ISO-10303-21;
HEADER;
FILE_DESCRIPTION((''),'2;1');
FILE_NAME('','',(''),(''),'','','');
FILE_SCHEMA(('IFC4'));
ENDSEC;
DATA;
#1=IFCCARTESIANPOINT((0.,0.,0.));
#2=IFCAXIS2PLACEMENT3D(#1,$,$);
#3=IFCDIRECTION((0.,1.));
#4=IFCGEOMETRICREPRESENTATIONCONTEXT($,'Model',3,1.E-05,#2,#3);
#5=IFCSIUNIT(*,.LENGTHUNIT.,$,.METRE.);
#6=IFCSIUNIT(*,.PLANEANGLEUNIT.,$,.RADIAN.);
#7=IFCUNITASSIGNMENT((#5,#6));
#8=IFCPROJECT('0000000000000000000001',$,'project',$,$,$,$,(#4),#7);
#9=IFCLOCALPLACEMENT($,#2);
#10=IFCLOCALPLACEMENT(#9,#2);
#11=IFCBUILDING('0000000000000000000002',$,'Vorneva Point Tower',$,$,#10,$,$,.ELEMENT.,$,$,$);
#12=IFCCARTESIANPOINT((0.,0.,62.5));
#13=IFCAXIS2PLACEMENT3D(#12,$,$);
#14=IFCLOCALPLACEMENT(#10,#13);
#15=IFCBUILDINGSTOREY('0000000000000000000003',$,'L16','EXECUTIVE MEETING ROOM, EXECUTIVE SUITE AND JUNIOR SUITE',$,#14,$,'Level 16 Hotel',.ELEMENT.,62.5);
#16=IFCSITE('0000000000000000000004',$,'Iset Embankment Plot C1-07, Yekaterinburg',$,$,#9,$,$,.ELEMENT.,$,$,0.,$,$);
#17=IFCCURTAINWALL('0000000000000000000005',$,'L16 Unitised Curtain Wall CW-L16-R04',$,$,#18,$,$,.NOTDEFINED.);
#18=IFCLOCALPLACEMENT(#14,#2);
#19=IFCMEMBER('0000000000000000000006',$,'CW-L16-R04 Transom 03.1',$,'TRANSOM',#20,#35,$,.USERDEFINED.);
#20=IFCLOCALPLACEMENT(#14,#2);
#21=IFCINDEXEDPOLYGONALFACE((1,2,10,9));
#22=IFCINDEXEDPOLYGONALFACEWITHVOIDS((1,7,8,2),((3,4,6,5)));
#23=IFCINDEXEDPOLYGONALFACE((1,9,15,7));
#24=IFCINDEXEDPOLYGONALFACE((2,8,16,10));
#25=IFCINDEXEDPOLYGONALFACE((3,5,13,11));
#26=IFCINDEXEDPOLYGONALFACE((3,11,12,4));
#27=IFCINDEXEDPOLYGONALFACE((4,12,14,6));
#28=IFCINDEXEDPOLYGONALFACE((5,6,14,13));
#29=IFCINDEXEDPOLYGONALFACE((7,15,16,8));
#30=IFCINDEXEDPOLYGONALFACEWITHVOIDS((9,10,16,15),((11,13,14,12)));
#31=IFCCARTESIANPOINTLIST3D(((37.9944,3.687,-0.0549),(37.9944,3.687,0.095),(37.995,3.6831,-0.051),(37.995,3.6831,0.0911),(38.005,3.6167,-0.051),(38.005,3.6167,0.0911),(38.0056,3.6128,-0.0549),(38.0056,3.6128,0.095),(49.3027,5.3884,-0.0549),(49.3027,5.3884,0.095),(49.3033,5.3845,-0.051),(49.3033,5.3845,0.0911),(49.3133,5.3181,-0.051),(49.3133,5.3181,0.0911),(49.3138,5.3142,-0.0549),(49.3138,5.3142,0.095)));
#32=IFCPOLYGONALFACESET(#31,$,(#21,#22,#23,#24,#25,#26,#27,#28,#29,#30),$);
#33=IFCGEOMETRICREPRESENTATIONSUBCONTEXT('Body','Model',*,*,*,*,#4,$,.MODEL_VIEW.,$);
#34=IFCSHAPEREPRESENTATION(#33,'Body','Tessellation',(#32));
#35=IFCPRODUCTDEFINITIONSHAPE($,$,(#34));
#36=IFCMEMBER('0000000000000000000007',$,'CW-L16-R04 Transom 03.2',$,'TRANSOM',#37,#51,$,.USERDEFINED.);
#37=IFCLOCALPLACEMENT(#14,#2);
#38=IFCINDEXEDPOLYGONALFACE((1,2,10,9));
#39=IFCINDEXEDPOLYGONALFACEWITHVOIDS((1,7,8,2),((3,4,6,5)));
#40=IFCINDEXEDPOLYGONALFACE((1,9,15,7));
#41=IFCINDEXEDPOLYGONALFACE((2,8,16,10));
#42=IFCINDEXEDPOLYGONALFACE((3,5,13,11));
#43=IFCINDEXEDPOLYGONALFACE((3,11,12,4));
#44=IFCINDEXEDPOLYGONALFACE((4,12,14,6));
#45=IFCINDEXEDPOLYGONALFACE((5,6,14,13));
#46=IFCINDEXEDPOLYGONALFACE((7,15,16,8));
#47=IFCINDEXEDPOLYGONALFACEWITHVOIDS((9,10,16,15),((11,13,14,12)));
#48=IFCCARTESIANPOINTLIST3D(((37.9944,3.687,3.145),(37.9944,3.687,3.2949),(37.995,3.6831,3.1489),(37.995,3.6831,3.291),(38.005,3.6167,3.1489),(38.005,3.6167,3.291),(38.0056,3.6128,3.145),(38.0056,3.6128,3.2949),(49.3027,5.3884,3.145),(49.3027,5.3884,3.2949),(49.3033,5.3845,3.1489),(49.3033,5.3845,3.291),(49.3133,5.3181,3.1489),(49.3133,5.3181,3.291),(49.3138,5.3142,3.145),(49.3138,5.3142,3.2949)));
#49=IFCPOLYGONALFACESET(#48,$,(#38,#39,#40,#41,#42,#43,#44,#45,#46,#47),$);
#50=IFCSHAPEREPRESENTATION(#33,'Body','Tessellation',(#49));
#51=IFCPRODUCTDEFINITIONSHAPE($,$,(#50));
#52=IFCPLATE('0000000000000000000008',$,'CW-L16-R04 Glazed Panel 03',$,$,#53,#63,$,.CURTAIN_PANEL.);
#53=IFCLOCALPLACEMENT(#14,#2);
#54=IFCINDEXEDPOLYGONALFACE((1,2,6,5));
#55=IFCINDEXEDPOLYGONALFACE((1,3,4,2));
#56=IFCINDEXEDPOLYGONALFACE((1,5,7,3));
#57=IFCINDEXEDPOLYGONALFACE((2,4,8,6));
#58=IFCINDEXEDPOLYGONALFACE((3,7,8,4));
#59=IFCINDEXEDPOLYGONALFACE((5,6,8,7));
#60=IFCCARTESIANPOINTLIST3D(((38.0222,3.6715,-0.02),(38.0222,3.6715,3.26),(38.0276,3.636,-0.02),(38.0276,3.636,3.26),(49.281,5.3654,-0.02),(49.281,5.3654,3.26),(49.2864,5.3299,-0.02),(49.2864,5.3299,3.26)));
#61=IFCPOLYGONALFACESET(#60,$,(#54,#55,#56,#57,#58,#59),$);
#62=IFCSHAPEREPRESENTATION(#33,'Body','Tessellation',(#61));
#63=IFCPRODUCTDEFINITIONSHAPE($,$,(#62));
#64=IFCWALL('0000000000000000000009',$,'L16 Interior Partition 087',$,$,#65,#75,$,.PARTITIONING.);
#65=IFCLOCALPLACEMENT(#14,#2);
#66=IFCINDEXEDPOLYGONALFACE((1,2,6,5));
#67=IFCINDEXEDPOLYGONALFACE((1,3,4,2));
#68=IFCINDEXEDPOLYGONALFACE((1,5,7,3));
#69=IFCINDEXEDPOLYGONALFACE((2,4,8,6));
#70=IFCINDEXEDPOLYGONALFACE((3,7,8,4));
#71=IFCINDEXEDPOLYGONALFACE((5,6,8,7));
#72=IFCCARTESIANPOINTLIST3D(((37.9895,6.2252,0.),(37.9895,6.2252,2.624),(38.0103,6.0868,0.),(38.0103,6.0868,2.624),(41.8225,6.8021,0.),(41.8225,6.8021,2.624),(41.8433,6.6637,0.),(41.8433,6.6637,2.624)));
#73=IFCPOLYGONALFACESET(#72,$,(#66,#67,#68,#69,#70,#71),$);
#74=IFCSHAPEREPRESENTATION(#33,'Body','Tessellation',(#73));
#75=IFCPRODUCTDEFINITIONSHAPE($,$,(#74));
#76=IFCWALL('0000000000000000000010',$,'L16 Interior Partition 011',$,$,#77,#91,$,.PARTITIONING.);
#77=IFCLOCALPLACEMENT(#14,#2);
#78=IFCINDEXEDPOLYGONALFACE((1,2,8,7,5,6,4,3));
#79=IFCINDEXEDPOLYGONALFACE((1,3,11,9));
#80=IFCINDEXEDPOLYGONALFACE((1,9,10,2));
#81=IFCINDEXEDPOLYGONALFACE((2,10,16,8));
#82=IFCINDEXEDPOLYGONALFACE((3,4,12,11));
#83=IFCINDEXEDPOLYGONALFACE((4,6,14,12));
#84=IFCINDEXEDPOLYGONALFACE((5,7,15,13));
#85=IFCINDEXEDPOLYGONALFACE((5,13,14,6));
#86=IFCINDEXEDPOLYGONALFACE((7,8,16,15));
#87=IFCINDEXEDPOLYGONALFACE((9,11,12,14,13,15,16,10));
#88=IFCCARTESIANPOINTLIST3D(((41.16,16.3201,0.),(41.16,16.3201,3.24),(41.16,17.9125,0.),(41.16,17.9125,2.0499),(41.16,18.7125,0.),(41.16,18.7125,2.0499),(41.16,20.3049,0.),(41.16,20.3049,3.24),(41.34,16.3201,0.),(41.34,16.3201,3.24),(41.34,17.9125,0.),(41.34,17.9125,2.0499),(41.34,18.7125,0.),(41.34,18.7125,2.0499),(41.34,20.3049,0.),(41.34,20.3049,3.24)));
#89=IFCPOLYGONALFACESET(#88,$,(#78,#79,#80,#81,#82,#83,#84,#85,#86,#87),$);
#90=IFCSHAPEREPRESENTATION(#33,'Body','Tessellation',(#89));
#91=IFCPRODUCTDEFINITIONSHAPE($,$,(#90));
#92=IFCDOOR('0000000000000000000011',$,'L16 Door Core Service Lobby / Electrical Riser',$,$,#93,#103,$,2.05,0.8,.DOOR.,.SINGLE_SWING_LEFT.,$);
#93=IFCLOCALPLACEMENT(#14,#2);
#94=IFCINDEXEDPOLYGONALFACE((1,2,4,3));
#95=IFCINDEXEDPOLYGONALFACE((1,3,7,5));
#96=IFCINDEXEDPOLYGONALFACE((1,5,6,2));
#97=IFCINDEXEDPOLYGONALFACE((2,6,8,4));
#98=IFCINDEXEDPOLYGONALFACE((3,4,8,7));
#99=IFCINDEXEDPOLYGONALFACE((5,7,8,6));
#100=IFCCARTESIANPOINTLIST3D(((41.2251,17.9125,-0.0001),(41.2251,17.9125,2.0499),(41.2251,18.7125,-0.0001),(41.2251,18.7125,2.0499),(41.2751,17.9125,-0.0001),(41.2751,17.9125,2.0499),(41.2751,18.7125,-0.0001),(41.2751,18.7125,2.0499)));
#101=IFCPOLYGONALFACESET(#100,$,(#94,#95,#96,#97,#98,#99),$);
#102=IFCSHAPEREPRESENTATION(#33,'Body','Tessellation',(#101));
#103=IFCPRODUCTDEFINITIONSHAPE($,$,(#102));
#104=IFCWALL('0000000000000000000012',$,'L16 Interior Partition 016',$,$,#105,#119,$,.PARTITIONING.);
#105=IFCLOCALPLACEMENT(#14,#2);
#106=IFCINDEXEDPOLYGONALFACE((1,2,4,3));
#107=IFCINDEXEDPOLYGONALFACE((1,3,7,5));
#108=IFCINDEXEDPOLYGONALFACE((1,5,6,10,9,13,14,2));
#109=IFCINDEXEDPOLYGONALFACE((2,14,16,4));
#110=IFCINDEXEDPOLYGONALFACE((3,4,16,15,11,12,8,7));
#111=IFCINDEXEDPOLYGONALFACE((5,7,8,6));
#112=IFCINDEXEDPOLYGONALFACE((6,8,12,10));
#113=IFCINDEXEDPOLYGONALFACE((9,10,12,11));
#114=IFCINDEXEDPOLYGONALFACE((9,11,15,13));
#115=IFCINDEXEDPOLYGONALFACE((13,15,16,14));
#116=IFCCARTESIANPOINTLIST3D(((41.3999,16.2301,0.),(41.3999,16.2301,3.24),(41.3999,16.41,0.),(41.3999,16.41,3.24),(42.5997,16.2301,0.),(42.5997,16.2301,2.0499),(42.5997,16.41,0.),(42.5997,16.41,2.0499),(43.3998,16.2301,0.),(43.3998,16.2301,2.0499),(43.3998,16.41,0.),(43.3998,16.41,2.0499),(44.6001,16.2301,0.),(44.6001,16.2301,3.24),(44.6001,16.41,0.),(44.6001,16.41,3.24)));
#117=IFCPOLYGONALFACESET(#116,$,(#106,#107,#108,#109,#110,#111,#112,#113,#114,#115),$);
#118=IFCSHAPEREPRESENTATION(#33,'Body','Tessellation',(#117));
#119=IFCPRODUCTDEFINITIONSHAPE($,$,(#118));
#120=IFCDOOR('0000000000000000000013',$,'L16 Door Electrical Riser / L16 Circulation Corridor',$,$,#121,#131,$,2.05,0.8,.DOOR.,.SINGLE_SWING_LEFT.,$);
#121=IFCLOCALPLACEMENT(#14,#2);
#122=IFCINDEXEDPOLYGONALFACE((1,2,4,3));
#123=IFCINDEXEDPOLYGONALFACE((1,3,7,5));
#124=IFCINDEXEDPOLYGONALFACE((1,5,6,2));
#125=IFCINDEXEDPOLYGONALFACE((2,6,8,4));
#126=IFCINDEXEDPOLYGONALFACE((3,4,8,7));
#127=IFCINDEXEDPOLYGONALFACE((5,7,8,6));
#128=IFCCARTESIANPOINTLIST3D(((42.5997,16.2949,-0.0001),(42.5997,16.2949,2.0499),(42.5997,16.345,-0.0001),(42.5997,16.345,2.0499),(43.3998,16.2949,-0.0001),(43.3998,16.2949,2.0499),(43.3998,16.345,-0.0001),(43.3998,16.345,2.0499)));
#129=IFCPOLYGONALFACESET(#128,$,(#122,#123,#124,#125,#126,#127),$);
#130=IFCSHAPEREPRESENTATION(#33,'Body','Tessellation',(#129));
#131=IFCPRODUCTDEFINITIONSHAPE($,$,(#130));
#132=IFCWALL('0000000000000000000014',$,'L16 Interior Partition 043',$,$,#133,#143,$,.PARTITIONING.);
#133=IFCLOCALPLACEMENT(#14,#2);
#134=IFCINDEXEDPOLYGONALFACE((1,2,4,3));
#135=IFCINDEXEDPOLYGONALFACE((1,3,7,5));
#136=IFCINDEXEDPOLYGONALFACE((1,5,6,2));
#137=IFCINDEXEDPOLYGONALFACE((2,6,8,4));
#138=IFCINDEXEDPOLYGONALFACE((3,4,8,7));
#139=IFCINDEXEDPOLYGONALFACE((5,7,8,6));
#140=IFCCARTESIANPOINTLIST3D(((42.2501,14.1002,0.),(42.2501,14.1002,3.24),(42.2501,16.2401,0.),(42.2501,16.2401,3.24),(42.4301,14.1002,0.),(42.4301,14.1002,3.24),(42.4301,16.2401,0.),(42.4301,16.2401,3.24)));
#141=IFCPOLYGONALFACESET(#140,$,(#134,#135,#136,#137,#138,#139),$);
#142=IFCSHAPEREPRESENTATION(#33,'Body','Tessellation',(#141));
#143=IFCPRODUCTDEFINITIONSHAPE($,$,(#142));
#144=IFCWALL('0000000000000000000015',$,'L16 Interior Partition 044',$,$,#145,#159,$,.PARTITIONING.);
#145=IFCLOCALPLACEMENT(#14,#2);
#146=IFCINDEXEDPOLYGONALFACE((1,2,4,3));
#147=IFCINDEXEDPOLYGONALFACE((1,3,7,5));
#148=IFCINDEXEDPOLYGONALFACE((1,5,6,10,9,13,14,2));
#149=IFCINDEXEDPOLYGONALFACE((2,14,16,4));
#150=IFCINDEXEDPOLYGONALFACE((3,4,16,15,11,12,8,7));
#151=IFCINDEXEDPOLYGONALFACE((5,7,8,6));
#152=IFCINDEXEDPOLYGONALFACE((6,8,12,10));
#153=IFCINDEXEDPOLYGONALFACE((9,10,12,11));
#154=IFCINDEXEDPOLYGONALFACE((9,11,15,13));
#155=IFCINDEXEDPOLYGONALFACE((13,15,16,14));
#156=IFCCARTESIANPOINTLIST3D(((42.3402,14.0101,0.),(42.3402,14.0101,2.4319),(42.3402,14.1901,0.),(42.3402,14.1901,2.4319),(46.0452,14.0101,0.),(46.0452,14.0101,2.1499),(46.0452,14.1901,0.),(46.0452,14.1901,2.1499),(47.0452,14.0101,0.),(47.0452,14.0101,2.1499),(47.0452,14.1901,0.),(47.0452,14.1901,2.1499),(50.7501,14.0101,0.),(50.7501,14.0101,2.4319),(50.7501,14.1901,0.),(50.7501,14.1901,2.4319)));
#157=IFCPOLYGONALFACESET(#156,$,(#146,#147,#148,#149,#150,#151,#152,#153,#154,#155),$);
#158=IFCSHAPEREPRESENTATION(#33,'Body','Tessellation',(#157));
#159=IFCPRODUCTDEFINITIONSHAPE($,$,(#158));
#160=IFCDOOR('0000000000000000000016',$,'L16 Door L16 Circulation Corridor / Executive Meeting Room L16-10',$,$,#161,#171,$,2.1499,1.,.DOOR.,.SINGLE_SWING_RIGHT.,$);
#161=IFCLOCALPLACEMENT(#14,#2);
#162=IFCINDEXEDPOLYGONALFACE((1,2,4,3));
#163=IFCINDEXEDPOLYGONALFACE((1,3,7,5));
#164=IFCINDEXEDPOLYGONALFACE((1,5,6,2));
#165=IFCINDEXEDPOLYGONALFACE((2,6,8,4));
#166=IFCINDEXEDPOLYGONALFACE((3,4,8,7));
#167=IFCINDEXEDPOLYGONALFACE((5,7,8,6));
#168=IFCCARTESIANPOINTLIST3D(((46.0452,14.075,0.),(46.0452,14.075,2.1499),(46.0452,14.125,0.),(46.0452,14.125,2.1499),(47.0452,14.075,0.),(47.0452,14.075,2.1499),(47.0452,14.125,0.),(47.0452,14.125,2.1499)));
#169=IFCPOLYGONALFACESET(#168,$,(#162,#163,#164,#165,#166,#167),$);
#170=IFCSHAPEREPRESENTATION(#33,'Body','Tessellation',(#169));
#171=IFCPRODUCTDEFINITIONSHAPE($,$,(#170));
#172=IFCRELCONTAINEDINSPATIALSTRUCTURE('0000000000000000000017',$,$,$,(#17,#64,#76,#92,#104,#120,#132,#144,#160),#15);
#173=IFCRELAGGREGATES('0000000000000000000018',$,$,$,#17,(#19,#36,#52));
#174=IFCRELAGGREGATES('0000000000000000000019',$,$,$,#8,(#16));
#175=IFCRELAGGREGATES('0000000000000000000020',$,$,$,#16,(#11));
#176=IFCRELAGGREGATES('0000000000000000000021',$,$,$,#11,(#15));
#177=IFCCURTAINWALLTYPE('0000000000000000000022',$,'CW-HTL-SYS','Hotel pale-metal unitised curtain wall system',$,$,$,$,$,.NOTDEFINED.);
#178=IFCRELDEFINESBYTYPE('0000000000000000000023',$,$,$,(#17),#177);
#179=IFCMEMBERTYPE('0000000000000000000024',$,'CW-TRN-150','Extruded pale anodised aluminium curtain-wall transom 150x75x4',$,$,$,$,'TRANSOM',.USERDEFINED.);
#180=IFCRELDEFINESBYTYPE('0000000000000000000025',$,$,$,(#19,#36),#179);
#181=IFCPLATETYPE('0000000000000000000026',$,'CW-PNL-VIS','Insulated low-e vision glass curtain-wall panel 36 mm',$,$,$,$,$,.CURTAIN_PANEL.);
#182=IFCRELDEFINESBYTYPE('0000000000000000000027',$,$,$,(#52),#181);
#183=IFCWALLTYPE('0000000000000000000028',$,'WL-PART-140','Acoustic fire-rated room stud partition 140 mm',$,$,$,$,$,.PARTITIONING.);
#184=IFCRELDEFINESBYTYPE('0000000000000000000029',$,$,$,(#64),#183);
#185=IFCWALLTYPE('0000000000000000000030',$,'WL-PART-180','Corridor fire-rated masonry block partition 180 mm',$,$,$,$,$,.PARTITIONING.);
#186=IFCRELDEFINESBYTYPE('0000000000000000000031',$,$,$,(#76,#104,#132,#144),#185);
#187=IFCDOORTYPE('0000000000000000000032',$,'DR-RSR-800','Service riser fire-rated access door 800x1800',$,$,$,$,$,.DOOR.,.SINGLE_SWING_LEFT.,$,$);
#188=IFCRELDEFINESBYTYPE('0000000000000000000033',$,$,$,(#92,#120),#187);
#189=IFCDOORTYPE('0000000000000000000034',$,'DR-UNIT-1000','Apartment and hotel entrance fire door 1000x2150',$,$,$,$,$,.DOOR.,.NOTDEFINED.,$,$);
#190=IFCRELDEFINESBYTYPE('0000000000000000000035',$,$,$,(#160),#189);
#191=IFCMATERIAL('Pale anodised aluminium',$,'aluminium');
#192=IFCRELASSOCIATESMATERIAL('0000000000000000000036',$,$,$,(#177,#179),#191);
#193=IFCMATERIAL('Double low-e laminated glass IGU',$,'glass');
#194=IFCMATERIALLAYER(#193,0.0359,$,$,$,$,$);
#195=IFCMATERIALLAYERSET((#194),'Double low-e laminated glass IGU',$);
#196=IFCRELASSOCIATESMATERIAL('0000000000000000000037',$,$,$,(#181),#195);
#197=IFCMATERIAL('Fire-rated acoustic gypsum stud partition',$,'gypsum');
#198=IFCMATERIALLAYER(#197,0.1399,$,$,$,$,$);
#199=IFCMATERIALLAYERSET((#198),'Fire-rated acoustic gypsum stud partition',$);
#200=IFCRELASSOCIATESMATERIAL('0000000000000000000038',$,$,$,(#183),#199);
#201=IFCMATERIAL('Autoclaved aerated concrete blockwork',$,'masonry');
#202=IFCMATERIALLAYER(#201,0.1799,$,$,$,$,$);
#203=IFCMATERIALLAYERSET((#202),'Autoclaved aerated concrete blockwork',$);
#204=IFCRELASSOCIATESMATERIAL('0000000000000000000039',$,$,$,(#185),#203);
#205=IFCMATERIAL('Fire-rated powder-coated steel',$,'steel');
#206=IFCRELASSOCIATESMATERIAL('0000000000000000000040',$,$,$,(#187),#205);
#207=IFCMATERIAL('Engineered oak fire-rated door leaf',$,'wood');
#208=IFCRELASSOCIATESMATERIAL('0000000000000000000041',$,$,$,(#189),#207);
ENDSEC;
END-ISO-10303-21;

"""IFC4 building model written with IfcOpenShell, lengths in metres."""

from ifc_helpers import new_model, si_unit, direction, frame, frame_2d, origin, origin_2d, place, context, subcontext, project, spatial, rectangle, hollow_rectangle, extrude, material, layer, layer_set, material_profile, profile_set, type_object, element, fill, aggregate, save


model = new_model("IFC4")

# Units and contexts
model_context = context("Model", 3, precision=1e-05, world=origin(), true_north=direction((0.0, 1.0)))
body_context = subcontext(model_context, "Body", "Model", "MODEL_VIEW")
ifc_project = project(units=[si_unit("LENGTHUNIT", "METRE"), si_unit("PLANEANGLEUNIT", "RADIAN")], contexts=[model_context])

# Site, building, storey
site_placement = place(None, origin())
site = spatial("IfcSite", under=ifc_project, at=site_placement, Name="Iset Embankment Plot C1-07, Yekaterinburg", CompositionType="ELEMENT", RefElevation=0.0)
building_placement = place(site_placement, origin())
building = spatial("IfcBuilding", under=site, at=building_placement, Name="Vorneva Point Tower", CompositionType="ELEMENT")
storey_placement = place(building_placement, frame((0.0, 0.0, 62.5)))
storey = spatial("IfcBuildingStorey", under=building, at=storey_placement, Name="L16", Description="EXECUTIVE MEETING ROOM, EXECUTIVE SUITE AND JUNIOR SUITE", LongName="Level 16 Hotel", CompositionType="ELEMENT", Elevation=62.5)

# Curtain wall, members, plate
ifc_material_1 = material(Name="Pale anodised aluminium", Category="aluminium")
curtain_wall_type = type_object("IfcCurtainWallType", Name="CW-HTL-SYS", Description="Hotel pale-metal unitised curtain wall system", PredefinedType="NOTDEFINED", material=ifc_material_1)
curtain_wall_placement = place(storey_placement, origin())
curtain_wall = element("IfcCurtainWall", 1, at=curtain_wall_placement, inside=storey, type_object=curtain_wall_type, Name="L16 Unitised Curtain Wall CW-L16-R04", PredefinedType="NOTDEFINED")
ifc_material_profile_1 = material_profile(ifc_material_1, hollow_rectangle(XDim=0.075, YDim=0.1499, WallThickness=0.0039, at=origin_2d()), Name="AL-TRN 150x75x4")
ifc_profile_set_1 = profile_set([ifc_material_profile_1], Name="Pale anodised aluminium")
member_type_1 = type_object("IfcMemberType", Name="CW-TRN-150", Description="Extruded pale anodised aluminium curtain-wall transom 150x75x4", ElementType="TRANSOM", PredefinedType="USERDEFINED", material=ifc_profile_set_1)
member_1_placement = place(storey_placement, frame((38.0, 3.6499, 0.02), z_axis=(0.98887, 0.148782, 0.0), x_axis=(-0.148782, 0.98887, 0.0)))
member_1 = element("IfcMember", 2, at=member_1_placement, type_object=member_type_1, Name="CW-L16-R04 Transom 03.1", ObjectType="TRANSOM", PredefinedType="USERDEFINED", context=body_context, shape_type="SweptSolid", body=[
    extrude(hollow_rectangle(XDim=0.075, YDim=0.1499, WallThickness=0.0039, at=origin_2d()), origin(), (0.0, 0.0, 1.0), 11.4355),
])
member_2_placement = place(storey_placement, frame((38.0, 3.6499, 3.22), z_axis=(0.98887, 0.148782, 0.0), x_axis=(-0.148782, 0.98887, 0.0)))
member_2 = element("IfcMember", 3, at=member_2_placement, type_object=member_type_1, Name="CW-L16-R04 Transom 03.2", ObjectType="TRANSOM", PredefinedType="USERDEFINED", context=body_context, shape_type="SweptSolid", body=[
    extrude(hollow_rectangle(XDim=0.075, YDim=0.1499, WallThickness=0.0039, at=origin_2d()), origin(), (0.0, 0.0, 1.0), 11.4355),
])
ifc_material_2 = material(Name="Double low-e laminated glass IGU", Category="glass")
ifc_layer_1 = layer(ifc_material_2, 0.0359)
ifc_layer_set_1 = layer_set([ifc_layer_1], Name="Double low-e laminated glass IGU")
plate_type = type_object("IfcPlateType", Name="CW-PNL-VIS", Description="Insulated low-e vision glass curtain-wall panel 36 mm", PredefinedType="CURTAIN_PANEL", material=ifc_layer_set_1)
plate_placement = place(storey_placement, frame((43.6543, 4.5007, -0.02), z_axis=(0.0, 0.0, 1.0), x_axis=(0.988871, 0.148776, 0.0)))
plate = element("IfcPlate", 4, at=plate_placement, type_object=plate_type, Name="CW-L16-R04 Glazed Panel 03", PredefinedType="CURTAIN_PANEL", context=body_context, shape_type="SweptSolid", body=[
    extrude(rectangle(XDim=11.3855, YDim=0.0359, at=origin_2d()), origin(), (0.0, 0.0, 1.0), 3.28),
])
aggregate(curtain_wall, [member_1, member_2, plate])

# Wall
ifc_material_3 = material(Name="Fire-rated acoustic gypsum stud partition", Category="gypsum")
ifc_layer_2 = layer(ifc_material_3, 0.1399)
ifc_layer_set_2 = layer_set([ifc_layer_2], Name="Fire-rated acoustic gypsum stud partition")
wall_type_1 = type_object("IfcWallType", Name="WL-PART-140", Description="Acoustic fire-rated room stud partition 140 mm", PredefinedType="PARTITIONING", material=ifc_layer_set_2)
wall_1_placement = place(storey_placement, frame((38.0, 6.156, 0.0), z_axis=(0.0, 0.0, 1.0), x_axis=(0.988862, 0.148833, 0.0)))
element("IfcWall", 5, at=wall_1_placement, inside=storey, type_object=wall_type_1, Name="L16 Interior Partition 087", PredefinedType="PARTITIONING", context=body_context, shape_type="SweptSolid", body=[
    extrude(rectangle(XDim=3.8762, YDim=0.1399, at=frame_2d((1.938, 0.0))), origin(), (0.0, 0.0, 1.0), 2.624),
])

# Walls, openings, doors
ifc_material_4 = material(Name="Autoclaved aerated concrete blockwork", Category="masonry")
ifc_layer_3 = layer(ifc_material_4, 0.1799)
ifc_layer_set_3 = layer_set([ifc_layer_3], Name="Autoclaved aerated concrete blockwork")
wall_type_2 = type_object("IfcWallType", Name="WL-PART-180", Description="Corridor fire-rated masonry block partition 180 mm", PredefinedType="PARTITIONING", material=ifc_layer_set_3)
wall_2_placement = place(storey_placement, frame((41.25, 16.3201, 0.0), z_axis=(0.0, 0.0, 1.0), x_axis=(0.0, 1.0, 0.0)))
wall_2 = element("IfcWall", 6, at=wall_2_placement, inside=storey, type_object=wall_type_2, Name="L16 Interior Partition 011", PredefinedType="PARTITIONING", context=body_context, shape_type="SweptSolid", body=[
    extrude(rectangle(XDim=3.9849, YDim=0.1799, at=frame_2d((1.9924, 0.0))), origin(), (0.0, 0.0, 1.0), 3.24),
])
opening_1_placement = place(wall_2_placement, frame((1.5925, 0.0, 0.0)))
opening_1 = element("IfcOpeningElement", 7, at=opening_1_placement, cuts=wall_2, PredefinedType="OPENING", context=body_context, shape_type="SweptSolid", body=[
    extrude(rectangle(XDim=0.8, YDim=2.05, at=frame_2d((0.3999, 1.0249))), frame((0.0, 0.105, 0.0), z_axis=(0.0, -1.0, 0.0), x_axis=(1.0, 0.0, 0.0)), (0.0, 0.0, 1.0), 0.2097),
])
ifc_material_5 = material(Name="Fire-rated powder-coated steel", Category="steel")
door_type_1 = type_object("IfcDoorType", Name="DR-RSR-800", Description="Service riser fire-rated access door 800x1800", OperationType="SINGLE_SWING_LEFT", PredefinedType="DOOR", material=ifc_material_5)
door_1_placement = place(opening_1_placement, origin())
door_1 = element("IfcDoor", 8, at=door_1_placement, inside=storey, type_object=door_type_1, Name="L16 Door Core Service Lobby / Electrical Riser", OperationType="SINGLE_SWING_LEFT", OverallHeight=2.05, OverallWidth=0.8, PredefinedType="DOOR", context=body_context, shape_type="SweptSolid", body=[
    extrude(rectangle(XDim=0.8, YDim=2.05, at=frame_2d((0.3999, 1.0249))), frame((0.0, 0.0249, 0.0), z_axis=(0.0, -1.0, 0.0), x_axis=(1.0, 0.0, 0.0)), (0.0, 0.0, 1.0), 0.05),
])
fill(opening_1, door_1)
wall_3_placement = place(storey_placement, frame((41.3999, 16.3201, 0.0), z_axis=(0.0, 0.0, 1.0), x_axis=(1.0, 0.0, 0.0)))
wall_3 = element("IfcWall", 9, at=wall_3_placement, inside=storey, type_object=wall_type_2, Name="L16 Interior Partition 016", PredefinedType="PARTITIONING", context=body_context, shape_type="SweptSolid", body=[
    extrude(rectangle(XDim=3.2002, YDim=0.1799, at=frame_2d((1.6001, 0.0))), origin(), (0.0, 0.0, 1.0), 3.24),
])
opening_2_placement = place(wall_3_placement, frame((1.2, 0.0, 0.0)))
opening_2 = element("IfcOpeningElement", 10, at=opening_2_placement, cuts=wall_3, PredefinedType="OPENING", context=body_context, shape_type="SweptSolid", body=[
    extrude(rectangle(XDim=0.8, YDim=2.05, at=frame_2d((0.3999, 1.0249))), frame((0.0, 0.105, 0.0), z_axis=(0.0, -1.0, 0.0), x_axis=(1.0, 0.0, 0.0)), (0.0, 0.0, 1.0), 0.2097),
])
door_2_placement = place(opening_2_placement, origin())
door_2 = element("IfcDoor", 11, at=door_2_placement, inside=storey, type_object=door_type_1, Name="L16 Door Electrical Riser / L16 Circulation Corridor", OperationType="SINGLE_SWING_LEFT", OverallHeight=2.05, OverallWidth=0.8, PredefinedType="DOOR", context=body_context, shape_type="SweptSolid", body=[
    extrude(rectangle(XDim=0.8, YDim=2.05, at=frame_2d((0.3999, 1.0249))), frame((0.0, 0.0249, 0.0), z_axis=(0.0, -1.0, 0.0), x_axis=(1.0, 0.0, 0.0)), (0.0, 0.0, 1.0), 0.05),
])
fill(opening_2, door_2)

# Wall
wall_4_placement = place(storey_placement, frame((42.3401, 16.24, 0.0), z_axis=(0.0, 0.0, 1.0), x_axis=(0.0, -1.0, 0.0)))
element("IfcWall", 12, at=wall_4_placement, inside=storey, type_object=wall_type_2, Name="L16 Interior Partition 043", PredefinedType="PARTITIONING", context=body_context, shape_type="SweptSolid", body=[
    extrude(rectangle(XDim=2.1399, YDim=0.1799, at=frame_2d((1.0698, 0.0))), origin(), (0.0, 0.0, 1.0), 3.24),
])

# Wall, opening, door
wall_5_placement = place(storey_placement, frame((42.3401, 14.1001, 0.0), z_axis=(0.0, 0.0, 1.0), x_axis=(1.0, 0.0, 0.0)))
wall_5 = element("IfcWall", 13, at=wall_5_placement, inside=storey, type_object=wall_type_2, Name="L16 Interior Partition 044", PredefinedType="PARTITIONING", context=body_context, shape_type="SweptSolid", body=[
    extrude(rectangle(XDim=8.4099, YDim=0.1799, at=frame_2d((4.2051, 0.0))), origin(), (0.0, 0.0, 1.0), 2.4319),
])
opening_3_placement = place(wall_5_placement, frame((3.7051, 0.0, 0.0)))
opening_3 = element("IfcOpeningElement", 14, at=opening_3_placement, cuts=wall_5, PredefinedType="OPENING", context=body_context, shape_type="SweptSolid", body=[
    extrude(rectangle(XDim=1.0, YDim=2.1499, at=frame_2d((0.5, 1.075))), frame((0.0, 0.105, 0.0), z_axis=(0.0, -1.0, 0.0), x_axis=(1.0, 0.0, 0.0)), (0.0, 0.0, 1.0), 0.2097),
])
ifc_material_6 = material(Name="Engineered oak fire-rated door leaf", Category="wood")
door_type_2 = type_object("IfcDoorType", Name="DR-UNIT-1000", Description="Apartment and hotel entrance fire door 1000x2150", OperationType="NOTDEFINED", PredefinedType="DOOR", material=ifc_material_6)
door_3_placement = place(opening_3_placement, origin())
door_3 = element("IfcDoor", 15, at=door_3_placement, inside=storey, type_object=door_type_2, Name="L16 Door L16 Circulation Corridor / Executive Meeting Room L16-10", OperationType="SINGLE_SWING_RIGHT", OverallHeight=2.1499, OverallWidth=1.0, PredefinedType="DOOR", context=body_context, shape_type="SweptSolid", body=[
    extrude(rectangle(XDim=1.0, YDim=2.1499, at=frame_2d((0.5, 1.075))), frame((0.0, 0.0249, 0.0), z_axis=(0.0, -1.0, 0.0), x_axis=(1.0, 0.0, 0.0)), (0.0, 0.0, 1.0), 0.05),
])
fill(opening_3, door_3)

save(model, "model.ifc")
